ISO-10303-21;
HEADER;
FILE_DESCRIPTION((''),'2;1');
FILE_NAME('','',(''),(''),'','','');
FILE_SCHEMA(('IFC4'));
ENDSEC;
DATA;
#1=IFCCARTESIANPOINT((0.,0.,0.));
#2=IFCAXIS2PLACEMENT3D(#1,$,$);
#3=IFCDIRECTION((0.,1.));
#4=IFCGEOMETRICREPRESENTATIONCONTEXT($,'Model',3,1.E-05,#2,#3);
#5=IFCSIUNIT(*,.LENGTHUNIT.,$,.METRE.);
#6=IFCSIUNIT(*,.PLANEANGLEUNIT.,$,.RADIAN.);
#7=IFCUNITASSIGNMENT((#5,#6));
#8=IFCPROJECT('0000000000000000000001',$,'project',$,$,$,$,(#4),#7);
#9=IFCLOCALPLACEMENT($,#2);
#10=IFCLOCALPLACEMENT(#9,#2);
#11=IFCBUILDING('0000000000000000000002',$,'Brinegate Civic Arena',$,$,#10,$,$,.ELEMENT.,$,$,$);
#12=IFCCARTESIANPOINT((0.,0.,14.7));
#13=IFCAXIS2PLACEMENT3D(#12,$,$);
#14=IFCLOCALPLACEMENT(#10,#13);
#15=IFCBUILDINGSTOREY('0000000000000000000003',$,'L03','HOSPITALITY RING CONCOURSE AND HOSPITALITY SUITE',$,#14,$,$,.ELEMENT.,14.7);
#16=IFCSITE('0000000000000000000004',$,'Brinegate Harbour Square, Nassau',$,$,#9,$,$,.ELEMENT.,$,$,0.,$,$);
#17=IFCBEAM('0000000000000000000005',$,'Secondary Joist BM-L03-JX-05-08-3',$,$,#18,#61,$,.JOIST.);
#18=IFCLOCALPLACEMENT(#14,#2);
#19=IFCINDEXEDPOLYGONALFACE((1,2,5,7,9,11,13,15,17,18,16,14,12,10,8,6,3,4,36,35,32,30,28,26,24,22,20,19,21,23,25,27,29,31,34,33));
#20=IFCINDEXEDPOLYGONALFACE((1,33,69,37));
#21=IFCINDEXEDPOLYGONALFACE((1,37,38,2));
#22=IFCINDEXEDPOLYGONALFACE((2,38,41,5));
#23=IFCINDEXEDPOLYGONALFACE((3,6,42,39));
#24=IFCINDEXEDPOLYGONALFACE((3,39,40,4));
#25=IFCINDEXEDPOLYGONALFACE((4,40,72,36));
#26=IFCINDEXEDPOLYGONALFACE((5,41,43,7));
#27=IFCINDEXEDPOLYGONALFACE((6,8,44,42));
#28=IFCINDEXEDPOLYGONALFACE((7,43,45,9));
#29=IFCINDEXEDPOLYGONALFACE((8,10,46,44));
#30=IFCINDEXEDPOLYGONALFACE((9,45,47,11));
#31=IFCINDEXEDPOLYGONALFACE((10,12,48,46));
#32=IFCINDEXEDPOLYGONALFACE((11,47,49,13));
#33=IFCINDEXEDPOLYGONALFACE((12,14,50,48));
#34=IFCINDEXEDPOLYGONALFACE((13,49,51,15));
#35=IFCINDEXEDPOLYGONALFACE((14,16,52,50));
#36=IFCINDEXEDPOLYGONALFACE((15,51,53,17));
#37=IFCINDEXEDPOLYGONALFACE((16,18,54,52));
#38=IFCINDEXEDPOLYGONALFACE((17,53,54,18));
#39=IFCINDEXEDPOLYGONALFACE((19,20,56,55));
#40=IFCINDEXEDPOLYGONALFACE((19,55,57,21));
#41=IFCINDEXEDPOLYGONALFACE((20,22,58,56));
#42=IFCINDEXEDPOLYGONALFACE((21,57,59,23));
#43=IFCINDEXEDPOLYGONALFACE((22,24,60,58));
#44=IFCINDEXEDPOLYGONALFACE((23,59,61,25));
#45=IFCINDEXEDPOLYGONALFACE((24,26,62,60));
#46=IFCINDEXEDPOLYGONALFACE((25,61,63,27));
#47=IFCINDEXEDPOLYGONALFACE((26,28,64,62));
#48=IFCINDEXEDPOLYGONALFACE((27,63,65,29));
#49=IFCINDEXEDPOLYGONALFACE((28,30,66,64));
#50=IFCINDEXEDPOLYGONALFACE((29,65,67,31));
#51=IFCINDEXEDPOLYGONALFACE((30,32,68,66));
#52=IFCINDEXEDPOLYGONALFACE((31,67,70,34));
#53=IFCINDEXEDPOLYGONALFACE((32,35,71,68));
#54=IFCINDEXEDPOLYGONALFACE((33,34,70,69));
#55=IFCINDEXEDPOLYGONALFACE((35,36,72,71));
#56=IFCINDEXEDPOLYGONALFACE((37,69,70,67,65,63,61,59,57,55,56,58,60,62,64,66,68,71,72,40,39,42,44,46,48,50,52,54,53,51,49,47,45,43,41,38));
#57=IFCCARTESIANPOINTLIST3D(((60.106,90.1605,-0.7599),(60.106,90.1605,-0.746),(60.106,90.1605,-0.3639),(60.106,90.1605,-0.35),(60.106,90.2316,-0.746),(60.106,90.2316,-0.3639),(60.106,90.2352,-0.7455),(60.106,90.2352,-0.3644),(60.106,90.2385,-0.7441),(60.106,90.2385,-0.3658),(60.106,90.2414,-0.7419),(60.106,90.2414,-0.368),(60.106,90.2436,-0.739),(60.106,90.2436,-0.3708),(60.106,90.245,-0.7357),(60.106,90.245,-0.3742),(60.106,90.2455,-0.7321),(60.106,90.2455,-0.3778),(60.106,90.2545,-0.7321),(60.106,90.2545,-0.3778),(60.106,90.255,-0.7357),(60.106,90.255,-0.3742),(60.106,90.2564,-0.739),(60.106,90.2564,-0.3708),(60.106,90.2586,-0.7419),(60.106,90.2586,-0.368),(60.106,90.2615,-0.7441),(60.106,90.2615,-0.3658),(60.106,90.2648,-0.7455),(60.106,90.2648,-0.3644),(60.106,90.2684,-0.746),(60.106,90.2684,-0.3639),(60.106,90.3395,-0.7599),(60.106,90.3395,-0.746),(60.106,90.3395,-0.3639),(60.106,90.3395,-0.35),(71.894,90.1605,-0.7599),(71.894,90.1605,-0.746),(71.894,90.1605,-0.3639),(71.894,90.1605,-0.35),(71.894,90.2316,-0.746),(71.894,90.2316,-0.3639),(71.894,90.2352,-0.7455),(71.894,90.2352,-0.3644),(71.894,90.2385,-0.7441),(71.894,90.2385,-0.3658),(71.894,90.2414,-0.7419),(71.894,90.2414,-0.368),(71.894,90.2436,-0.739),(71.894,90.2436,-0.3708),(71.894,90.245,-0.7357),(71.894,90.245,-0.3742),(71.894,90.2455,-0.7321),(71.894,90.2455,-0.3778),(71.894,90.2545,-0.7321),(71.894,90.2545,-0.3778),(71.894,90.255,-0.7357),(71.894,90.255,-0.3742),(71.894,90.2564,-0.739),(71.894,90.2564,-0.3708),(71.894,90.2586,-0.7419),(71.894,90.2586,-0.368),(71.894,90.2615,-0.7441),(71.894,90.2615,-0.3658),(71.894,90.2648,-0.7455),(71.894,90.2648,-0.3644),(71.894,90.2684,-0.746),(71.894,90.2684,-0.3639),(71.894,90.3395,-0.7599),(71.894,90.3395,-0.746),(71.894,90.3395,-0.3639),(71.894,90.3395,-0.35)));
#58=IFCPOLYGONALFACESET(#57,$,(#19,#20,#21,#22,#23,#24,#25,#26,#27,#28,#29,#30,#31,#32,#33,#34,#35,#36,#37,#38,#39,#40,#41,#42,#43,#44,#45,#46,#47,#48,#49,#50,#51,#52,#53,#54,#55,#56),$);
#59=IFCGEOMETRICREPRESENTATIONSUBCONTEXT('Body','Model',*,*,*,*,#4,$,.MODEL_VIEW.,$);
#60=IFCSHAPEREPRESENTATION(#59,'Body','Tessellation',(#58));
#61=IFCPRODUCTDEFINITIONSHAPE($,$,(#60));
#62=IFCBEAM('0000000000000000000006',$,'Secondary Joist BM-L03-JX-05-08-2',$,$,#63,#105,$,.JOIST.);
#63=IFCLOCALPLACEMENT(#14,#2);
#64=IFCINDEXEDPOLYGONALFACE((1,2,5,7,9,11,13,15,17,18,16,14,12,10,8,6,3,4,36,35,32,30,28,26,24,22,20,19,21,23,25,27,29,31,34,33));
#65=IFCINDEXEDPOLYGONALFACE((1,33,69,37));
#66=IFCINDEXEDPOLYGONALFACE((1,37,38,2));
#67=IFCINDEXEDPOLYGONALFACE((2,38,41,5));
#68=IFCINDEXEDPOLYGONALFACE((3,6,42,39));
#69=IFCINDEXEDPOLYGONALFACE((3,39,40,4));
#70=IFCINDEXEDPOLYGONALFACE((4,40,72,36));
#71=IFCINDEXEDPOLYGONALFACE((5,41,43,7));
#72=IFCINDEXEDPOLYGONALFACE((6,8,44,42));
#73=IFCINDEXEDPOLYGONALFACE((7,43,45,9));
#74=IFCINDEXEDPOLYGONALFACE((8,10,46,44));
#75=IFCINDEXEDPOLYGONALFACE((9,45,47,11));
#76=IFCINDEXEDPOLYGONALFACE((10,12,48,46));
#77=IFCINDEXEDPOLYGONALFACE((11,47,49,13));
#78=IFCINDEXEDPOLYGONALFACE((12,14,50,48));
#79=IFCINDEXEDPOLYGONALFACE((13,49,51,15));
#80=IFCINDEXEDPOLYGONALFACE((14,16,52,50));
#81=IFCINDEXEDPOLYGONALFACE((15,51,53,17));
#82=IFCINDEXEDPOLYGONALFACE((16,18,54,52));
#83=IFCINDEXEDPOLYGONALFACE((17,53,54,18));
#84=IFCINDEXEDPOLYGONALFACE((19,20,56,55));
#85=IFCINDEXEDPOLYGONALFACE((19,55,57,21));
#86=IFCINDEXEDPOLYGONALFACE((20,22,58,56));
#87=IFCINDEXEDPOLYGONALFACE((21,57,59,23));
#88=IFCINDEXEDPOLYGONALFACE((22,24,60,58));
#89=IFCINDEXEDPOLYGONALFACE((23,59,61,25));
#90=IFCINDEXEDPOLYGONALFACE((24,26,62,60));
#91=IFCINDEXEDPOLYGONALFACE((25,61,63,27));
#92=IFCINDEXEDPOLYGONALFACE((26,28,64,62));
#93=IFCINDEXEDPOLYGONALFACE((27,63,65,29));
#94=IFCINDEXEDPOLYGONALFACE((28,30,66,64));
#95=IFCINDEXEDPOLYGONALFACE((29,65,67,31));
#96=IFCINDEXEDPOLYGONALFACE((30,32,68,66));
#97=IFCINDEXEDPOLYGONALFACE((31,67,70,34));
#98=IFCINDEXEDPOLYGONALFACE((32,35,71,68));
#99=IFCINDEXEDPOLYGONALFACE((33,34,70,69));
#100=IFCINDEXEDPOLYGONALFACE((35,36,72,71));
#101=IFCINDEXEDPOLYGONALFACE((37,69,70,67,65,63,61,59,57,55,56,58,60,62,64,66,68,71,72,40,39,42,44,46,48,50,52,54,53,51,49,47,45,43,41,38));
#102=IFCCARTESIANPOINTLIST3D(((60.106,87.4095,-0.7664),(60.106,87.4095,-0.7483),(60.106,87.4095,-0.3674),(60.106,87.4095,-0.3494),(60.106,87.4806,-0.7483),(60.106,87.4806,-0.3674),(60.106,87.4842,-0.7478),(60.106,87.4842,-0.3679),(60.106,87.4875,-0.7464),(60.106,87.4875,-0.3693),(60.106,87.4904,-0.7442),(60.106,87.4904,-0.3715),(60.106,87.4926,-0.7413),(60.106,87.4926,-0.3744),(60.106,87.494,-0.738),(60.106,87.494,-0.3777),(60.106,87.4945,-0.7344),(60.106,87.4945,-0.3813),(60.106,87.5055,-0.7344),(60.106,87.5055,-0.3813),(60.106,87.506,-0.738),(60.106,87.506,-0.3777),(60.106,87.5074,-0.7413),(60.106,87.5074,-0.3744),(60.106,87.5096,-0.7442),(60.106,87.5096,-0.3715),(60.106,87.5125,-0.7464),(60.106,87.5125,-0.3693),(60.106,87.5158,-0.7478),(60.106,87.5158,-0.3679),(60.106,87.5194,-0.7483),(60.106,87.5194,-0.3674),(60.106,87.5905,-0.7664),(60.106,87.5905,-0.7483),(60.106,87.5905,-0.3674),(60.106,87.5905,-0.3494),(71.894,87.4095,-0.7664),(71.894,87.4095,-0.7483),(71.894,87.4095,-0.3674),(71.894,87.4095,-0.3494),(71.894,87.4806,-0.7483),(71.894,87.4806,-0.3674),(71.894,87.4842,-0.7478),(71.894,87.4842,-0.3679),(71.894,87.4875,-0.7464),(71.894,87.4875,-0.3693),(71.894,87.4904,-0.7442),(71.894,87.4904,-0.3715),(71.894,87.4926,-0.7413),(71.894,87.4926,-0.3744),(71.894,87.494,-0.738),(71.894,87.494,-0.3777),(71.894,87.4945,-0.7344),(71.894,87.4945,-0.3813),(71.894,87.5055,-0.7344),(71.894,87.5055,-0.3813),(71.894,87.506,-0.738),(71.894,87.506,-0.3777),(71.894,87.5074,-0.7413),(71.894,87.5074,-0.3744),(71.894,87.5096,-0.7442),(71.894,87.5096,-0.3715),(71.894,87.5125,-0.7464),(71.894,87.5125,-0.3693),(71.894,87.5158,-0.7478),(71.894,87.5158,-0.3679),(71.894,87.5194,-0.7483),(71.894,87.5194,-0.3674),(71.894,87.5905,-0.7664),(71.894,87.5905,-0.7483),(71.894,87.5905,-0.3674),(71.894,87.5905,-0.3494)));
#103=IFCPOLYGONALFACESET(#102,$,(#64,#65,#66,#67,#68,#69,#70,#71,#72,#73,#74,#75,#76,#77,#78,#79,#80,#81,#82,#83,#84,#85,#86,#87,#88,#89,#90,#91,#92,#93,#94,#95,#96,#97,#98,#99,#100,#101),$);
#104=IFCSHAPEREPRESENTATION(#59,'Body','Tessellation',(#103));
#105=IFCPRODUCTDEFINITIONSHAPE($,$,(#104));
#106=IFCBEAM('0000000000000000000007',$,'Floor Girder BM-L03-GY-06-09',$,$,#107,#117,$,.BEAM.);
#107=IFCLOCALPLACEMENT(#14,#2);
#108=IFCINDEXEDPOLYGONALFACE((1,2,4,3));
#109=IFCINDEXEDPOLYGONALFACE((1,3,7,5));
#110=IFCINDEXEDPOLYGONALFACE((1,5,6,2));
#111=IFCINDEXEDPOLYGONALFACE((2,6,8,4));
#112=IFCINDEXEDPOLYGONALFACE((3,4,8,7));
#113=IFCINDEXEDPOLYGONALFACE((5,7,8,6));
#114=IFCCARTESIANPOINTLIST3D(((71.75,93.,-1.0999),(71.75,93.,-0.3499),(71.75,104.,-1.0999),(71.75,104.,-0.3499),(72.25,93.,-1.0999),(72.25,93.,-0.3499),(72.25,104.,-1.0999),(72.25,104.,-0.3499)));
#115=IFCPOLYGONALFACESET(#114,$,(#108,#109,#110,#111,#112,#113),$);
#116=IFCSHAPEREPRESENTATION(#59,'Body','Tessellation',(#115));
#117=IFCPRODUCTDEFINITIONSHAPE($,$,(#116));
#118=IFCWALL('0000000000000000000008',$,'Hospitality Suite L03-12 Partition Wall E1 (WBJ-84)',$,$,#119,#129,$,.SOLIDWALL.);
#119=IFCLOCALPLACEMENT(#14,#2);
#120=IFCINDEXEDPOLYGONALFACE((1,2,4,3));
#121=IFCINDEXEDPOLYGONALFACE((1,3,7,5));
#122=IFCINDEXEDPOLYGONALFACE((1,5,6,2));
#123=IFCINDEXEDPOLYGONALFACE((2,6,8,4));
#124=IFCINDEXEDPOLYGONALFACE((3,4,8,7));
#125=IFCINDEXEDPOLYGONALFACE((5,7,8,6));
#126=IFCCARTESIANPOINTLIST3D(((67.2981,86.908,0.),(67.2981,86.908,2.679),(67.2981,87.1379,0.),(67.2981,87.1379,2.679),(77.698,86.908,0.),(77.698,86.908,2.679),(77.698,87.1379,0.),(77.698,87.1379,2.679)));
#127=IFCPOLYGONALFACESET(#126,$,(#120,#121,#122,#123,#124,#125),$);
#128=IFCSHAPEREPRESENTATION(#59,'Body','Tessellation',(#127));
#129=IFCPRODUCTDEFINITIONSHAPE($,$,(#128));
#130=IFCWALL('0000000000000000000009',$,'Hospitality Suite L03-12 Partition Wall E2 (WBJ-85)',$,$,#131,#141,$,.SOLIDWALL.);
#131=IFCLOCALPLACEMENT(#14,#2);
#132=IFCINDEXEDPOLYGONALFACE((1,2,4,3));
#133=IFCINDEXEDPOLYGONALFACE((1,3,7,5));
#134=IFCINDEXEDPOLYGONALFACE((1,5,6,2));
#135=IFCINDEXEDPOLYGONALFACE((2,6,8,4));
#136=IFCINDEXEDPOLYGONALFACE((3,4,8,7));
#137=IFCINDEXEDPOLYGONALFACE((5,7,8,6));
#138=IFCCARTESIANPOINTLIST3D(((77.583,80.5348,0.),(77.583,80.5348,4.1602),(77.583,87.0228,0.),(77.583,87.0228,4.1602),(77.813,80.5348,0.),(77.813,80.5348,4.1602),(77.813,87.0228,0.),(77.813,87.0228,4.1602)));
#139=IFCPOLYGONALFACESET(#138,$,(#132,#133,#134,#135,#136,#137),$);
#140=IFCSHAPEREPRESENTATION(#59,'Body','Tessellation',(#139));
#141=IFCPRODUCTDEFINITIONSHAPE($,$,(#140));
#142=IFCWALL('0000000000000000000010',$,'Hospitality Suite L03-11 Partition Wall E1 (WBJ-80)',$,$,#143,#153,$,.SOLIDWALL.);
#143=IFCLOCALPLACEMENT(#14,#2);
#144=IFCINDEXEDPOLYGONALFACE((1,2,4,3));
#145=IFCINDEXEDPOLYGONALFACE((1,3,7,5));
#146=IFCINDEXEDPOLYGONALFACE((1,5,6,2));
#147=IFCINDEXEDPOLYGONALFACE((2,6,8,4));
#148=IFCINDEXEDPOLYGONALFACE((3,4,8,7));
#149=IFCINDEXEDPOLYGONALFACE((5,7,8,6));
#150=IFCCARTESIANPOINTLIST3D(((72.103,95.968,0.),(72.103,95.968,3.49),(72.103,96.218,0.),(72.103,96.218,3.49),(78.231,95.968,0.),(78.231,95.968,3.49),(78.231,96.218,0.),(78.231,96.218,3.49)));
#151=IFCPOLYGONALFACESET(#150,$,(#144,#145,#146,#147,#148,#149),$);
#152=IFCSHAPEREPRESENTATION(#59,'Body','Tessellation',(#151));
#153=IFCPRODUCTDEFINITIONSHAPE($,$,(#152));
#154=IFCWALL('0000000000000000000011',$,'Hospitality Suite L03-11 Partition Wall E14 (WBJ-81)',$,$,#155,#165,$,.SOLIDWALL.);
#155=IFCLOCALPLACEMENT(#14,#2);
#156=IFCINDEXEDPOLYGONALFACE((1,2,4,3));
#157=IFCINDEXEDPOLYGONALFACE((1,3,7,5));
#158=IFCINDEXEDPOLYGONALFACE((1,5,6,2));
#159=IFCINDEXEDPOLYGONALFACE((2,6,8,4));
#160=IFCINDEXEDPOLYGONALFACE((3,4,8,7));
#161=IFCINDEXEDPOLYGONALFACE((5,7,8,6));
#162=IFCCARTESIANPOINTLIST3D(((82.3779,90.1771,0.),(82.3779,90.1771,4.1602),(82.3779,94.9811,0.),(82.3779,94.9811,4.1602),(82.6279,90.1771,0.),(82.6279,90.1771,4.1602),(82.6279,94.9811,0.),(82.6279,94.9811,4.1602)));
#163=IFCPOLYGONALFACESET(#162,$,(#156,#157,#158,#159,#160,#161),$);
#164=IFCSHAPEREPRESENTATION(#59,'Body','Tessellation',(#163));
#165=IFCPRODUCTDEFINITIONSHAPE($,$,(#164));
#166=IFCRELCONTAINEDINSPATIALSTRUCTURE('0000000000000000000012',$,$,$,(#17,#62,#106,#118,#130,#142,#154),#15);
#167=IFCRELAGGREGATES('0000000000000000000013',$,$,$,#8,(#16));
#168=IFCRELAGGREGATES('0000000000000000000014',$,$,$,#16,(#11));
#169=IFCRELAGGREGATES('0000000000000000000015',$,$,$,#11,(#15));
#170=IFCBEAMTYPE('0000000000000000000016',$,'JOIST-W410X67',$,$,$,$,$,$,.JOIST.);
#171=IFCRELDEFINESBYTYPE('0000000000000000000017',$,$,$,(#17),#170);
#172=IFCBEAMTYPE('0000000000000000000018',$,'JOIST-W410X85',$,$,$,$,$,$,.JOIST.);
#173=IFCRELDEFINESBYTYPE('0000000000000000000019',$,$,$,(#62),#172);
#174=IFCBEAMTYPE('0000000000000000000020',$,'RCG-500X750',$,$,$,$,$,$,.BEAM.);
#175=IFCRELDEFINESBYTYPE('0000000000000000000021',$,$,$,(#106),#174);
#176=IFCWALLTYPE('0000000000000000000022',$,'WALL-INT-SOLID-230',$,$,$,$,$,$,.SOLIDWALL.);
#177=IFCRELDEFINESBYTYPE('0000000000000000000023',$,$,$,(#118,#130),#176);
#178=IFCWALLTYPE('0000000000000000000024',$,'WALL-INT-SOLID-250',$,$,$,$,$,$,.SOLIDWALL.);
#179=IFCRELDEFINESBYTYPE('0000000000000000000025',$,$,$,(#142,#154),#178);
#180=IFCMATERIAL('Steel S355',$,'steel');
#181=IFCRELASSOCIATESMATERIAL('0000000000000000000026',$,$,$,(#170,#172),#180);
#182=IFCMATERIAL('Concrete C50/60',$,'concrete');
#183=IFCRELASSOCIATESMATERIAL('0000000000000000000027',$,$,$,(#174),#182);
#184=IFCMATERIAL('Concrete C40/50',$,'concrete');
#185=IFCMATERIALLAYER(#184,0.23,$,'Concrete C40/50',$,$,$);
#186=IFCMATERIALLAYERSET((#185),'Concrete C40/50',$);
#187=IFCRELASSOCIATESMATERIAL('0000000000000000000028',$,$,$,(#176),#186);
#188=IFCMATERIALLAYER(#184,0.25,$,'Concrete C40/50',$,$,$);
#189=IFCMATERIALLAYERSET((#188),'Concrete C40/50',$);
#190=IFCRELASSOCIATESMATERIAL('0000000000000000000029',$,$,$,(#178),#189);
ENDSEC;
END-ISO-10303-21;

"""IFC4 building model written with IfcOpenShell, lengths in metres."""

from ifc_helpers import new_model, si_unit, direction, frame, frame_2d, origin, origin_2d, place, context, subcontext, project, spatial, rectangle, i_section, extrude, material, layer, layer_set, material_profile, profile_set, type_object, element, save


model = new_model("IFC4")

# Units and contexts
model_context = context("Model", 3, precision=1e-05, world=origin(), true_north=direction((0.0, 1.0)))
body_context = subcontext(model_context, "Body", "Model", "MODEL_VIEW")
ifc_project = project(units=[si_unit("LENGTHUNIT", "METRE"), si_unit("PLANEANGLEUNIT", "RADIAN")], contexts=[model_context])

# Site, building, storey
site_placement = place(None, origin())
site = spatial("IfcSite", under=ifc_project, at=site_placement, Name="Brinegate Harbour Square, Nassau", CompositionType="ELEMENT", RefElevation=0.0)
building_placement = place(site_placement, origin())
building = spatial("IfcBuilding", under=site, at=building_placement, Name="Brinegate Civic Arena", CompositionType="ELEMENT")
storey_placement = place(building_placement, frame((0.0, 0.0, 14.7)))
storey = spatial("IfcBuildingStorey", under=building, at=storey_placement, Name="L03", Description="HOSPITALITY RING CONCOURSE AND HOSPITALITY SUITE", CompositionType="ELEMENT", Elevation=14.7)

# Shared definitions
ifc_material_1 = material(Name="Concrete C50/60", Category="concrete")

# Beams
ifc_material_2 = material(Name="Steel S355", Category="steel")
ifc_material_profile_1 = material_profile(ifc_material_2, i_section(OverallWidth=0.179, OverallDepth=0.4099, WebThickness=0.009, FlangeThickness=0.0139, FilletRadius=0.0139, at=origin_2d()), Name="W410X67")
ifc_profile_set_1 = profile_set([ifc_material_profile_1], Name="Steel S355")
beam_type_1 = type_object("IfcBeamType", Name="JOIST-W410X67", PredefinedType="JOIST", material=ifc_profile_set_1)
beam_1_placement = place(storey_placement, frame((60.106, 90.25, -0.5549), z_axis=(1.0, 0.0, 0.0), x_axis=(0.0, 1.0, 0.0)))
element("IfcBeam", 1, at=beam_1_placement, inside=storey, type_object=beam_type_1, Name="Secondary Joist BM-L03-JX-05-08-3", PredefinedType="JOIST", context=body_context, shape_type="SweptSolid", body=[
    extrude(i_section(OverallWidth=0.179, OverallDepth=0.4099, WebThickness=0.009, FlangeThickness=0.0139, FilletRadius=0.0139, at=origin_2d()), origin(), (0.0, 0.0, 1.0), 11.7881),
])
ifc_material_profile_2 = material_profile(ifc_material_2, i_section(OverallWidth=0.1809, OverallDepth=0.417, WebThickness=0.011, FlangeThickness=0.0181, FilletRadius=0.0139, at=origin_2d()), Name="W410X85")
ifc_profile_set_2 = profile_set([ifc_material_profile_2], Name="Steel S355")
beam_type_2 = type_object("IfcBeamType", Name="JOIST-W410X85", PredefinedType="JOIST", material=ifc_profile_set_2)
beam_2_placement = place(storey_placement, frame((60.106, 87.5, -0.5579), z_axis=(1.0, 0.0, 0.0), x_axis=(0.0, 1.0, 0.0)))
element("IfcBeam", 2, at=beam_2_placement, inside=storey, type_object=beam_type_2, Name="Secondary Joist BM-L03-JX-05-08-2", PredefinedType="JOIST", context=body_context, shape_type="SweptSolid", body=[
    extrude(i_section(OverallWidth=0.1809, OverallDepth=0.417, WebThickness=0.011, FlangeThickness=0.0181, FilletRadius=0.0139, at=origin_2d()), origin(), (0.0, 0.0, 1.0), 11.7881),
])
ifc_material_profile_3 = material_profile(ifc_material_1, rectangle(XDim=0.5, YDim=0.75, at=origin_2d()), Name="RCB500X750")
ifc_profile_set_3 = profile_set([ifc_material_profile_3], Name="Concrete C50/60")
beam_type_3 = type_object("IfcBeamType", Name="RCG-500X750", PredefinedType="BEAM", material=ifc_profile_set_3)
beam_3_placement = place(storey_placement, frame((72.0, 93.0, -0.7249), z_axis=(0.0, 1.0, 0.0), x_axis=(-1.0, 0.0, 0.0)))
element("IfcBeam", 3, at=beam_3_placement, inside=storey, type_object=beam_type_3, Name="Floor Girder BM-L03-GY-06-09", PredefinedType="BEAM", context=body_context, shape_type="SweptSolid", body=[
    extrude(rectangle(XDim=0.5, YDim=0.75, at=origin_2d()), origin(), (0.0, 0.0, 1.0), 11.0),
])

# Walls
ifc_material_3 = material(Name="Concrete C40/50", Category="concrete")
ifc_layer_1 = layer(ifc_material_3, 0.23, Name="Concrete C40/50")
ifc_layer_set_1 = layer_set([ifc_layer_1], Name="Concrete C40/50")
wall_type_1 = type_object("IfcWallType", Name="WALL-INT-SOLID-230", PredefinedType="SOLIDWALL", material=ifc_layer_set_1)
wall_1_placement = place(storey_placement, frame((67.2981, 87.0229, 0.0), z_axis=(0.0, 0.0, 1.0), x_axis=(1.0, 0.0, 0.0)))
element("IfcWall", 4, at=wall_1_placement, inside=storey, type_object=wall_type_1, Name="Hospitality Suite L03-12 Partition Wall E1 (WBJ-84)", PredefinedType="SOLIDWALL", context=body_context, shape_type="SweptSolid", body=[
    extrude(rectangle(XDim=10.3999, YDim=0.23, at=frame_2d((5.2, 0.0))), origin(), (0.0, 0.0, 1.0), 2.679),
])
wall_2_placement = place(storey_placement, frame((77.698, 87.0229, 0.0), z_axis=(0.0, 0.0, 1.0), x_axis=(0.0, -1.0, 0.0)))
element("IfcWall", 5, at=wall_2_placement, inside=storey, type_object=wall_type_1, Name="Hospitality Suite L03-12 Partition Wall E2 (WBJ-85)", PredefinedType="SOLIDWALL", context=body_context, shape_type="SweptSolid", body=[
    extrude(rectangle(XDim=6.488, YDim=0.23, at=frame_2d((3.2441, 0.0))), origin(), (0.0, 0.0, 1.0), 4.1602),
])
ifc_layer_2 = layer(ifc_material_3, 0.25, Name="Concrete C40/50")
ifc_layer_set_2 = layer_set([ifc_layer_2], Name="Concrete C40/50")
wall_type_2 = type_object("IfcWallType", Name="WALL-INT-SOLID-250", PredefinedType="SOLIDWALL", material=ifc_layer_set_2)
wall_3_placement = place(storey_placement, frame((72.103, 96.093, 0.0), z_axis=(0.0, 0.0, 1.0), x_axis=(1.0, 0.0, 0.0)))
element("IfcWall", 6, at=wall_3_placement, inside=storey, type_object=wall_type_2, Name="Hospitality Suite L03-11 Partition Wall E1 (WBJ-80)", PredefinedType="SOLIDWALL", context=body_context, shape_type="SweptSolid", body=[
    extrude(rectangle(XDim=6.1279, YDim=0.25, at=frame_2d((3.064, 0.0))), origin(), (0.0, 0.0, 1.0), 3.49),
])
wall_4_placement = place(storey_placement, frame((82.5029, 94.981, 0.0), z_axis=(0.0, 0.0, 1.0), x_axis=(0.0, -1.0, 0.0)))
element("IfcWall", 7, at=wall_4_placement, inside=storey, type_object=wall_type_2, Name="Hospitality Suite L03-11 Partition Wall E14 (WBJ-81)", PredefinedType="SOLIDWALL", context=body_context, shape_type="SweptSolid", body=[
    extrude(rectangle(XDim=4.804, YDim=0.25, at=frame_2d((2.4019, 0.0))), origin(), (0.0, 0.0, 1.0), 4.1602),
])

save(model, "model.ifc")
